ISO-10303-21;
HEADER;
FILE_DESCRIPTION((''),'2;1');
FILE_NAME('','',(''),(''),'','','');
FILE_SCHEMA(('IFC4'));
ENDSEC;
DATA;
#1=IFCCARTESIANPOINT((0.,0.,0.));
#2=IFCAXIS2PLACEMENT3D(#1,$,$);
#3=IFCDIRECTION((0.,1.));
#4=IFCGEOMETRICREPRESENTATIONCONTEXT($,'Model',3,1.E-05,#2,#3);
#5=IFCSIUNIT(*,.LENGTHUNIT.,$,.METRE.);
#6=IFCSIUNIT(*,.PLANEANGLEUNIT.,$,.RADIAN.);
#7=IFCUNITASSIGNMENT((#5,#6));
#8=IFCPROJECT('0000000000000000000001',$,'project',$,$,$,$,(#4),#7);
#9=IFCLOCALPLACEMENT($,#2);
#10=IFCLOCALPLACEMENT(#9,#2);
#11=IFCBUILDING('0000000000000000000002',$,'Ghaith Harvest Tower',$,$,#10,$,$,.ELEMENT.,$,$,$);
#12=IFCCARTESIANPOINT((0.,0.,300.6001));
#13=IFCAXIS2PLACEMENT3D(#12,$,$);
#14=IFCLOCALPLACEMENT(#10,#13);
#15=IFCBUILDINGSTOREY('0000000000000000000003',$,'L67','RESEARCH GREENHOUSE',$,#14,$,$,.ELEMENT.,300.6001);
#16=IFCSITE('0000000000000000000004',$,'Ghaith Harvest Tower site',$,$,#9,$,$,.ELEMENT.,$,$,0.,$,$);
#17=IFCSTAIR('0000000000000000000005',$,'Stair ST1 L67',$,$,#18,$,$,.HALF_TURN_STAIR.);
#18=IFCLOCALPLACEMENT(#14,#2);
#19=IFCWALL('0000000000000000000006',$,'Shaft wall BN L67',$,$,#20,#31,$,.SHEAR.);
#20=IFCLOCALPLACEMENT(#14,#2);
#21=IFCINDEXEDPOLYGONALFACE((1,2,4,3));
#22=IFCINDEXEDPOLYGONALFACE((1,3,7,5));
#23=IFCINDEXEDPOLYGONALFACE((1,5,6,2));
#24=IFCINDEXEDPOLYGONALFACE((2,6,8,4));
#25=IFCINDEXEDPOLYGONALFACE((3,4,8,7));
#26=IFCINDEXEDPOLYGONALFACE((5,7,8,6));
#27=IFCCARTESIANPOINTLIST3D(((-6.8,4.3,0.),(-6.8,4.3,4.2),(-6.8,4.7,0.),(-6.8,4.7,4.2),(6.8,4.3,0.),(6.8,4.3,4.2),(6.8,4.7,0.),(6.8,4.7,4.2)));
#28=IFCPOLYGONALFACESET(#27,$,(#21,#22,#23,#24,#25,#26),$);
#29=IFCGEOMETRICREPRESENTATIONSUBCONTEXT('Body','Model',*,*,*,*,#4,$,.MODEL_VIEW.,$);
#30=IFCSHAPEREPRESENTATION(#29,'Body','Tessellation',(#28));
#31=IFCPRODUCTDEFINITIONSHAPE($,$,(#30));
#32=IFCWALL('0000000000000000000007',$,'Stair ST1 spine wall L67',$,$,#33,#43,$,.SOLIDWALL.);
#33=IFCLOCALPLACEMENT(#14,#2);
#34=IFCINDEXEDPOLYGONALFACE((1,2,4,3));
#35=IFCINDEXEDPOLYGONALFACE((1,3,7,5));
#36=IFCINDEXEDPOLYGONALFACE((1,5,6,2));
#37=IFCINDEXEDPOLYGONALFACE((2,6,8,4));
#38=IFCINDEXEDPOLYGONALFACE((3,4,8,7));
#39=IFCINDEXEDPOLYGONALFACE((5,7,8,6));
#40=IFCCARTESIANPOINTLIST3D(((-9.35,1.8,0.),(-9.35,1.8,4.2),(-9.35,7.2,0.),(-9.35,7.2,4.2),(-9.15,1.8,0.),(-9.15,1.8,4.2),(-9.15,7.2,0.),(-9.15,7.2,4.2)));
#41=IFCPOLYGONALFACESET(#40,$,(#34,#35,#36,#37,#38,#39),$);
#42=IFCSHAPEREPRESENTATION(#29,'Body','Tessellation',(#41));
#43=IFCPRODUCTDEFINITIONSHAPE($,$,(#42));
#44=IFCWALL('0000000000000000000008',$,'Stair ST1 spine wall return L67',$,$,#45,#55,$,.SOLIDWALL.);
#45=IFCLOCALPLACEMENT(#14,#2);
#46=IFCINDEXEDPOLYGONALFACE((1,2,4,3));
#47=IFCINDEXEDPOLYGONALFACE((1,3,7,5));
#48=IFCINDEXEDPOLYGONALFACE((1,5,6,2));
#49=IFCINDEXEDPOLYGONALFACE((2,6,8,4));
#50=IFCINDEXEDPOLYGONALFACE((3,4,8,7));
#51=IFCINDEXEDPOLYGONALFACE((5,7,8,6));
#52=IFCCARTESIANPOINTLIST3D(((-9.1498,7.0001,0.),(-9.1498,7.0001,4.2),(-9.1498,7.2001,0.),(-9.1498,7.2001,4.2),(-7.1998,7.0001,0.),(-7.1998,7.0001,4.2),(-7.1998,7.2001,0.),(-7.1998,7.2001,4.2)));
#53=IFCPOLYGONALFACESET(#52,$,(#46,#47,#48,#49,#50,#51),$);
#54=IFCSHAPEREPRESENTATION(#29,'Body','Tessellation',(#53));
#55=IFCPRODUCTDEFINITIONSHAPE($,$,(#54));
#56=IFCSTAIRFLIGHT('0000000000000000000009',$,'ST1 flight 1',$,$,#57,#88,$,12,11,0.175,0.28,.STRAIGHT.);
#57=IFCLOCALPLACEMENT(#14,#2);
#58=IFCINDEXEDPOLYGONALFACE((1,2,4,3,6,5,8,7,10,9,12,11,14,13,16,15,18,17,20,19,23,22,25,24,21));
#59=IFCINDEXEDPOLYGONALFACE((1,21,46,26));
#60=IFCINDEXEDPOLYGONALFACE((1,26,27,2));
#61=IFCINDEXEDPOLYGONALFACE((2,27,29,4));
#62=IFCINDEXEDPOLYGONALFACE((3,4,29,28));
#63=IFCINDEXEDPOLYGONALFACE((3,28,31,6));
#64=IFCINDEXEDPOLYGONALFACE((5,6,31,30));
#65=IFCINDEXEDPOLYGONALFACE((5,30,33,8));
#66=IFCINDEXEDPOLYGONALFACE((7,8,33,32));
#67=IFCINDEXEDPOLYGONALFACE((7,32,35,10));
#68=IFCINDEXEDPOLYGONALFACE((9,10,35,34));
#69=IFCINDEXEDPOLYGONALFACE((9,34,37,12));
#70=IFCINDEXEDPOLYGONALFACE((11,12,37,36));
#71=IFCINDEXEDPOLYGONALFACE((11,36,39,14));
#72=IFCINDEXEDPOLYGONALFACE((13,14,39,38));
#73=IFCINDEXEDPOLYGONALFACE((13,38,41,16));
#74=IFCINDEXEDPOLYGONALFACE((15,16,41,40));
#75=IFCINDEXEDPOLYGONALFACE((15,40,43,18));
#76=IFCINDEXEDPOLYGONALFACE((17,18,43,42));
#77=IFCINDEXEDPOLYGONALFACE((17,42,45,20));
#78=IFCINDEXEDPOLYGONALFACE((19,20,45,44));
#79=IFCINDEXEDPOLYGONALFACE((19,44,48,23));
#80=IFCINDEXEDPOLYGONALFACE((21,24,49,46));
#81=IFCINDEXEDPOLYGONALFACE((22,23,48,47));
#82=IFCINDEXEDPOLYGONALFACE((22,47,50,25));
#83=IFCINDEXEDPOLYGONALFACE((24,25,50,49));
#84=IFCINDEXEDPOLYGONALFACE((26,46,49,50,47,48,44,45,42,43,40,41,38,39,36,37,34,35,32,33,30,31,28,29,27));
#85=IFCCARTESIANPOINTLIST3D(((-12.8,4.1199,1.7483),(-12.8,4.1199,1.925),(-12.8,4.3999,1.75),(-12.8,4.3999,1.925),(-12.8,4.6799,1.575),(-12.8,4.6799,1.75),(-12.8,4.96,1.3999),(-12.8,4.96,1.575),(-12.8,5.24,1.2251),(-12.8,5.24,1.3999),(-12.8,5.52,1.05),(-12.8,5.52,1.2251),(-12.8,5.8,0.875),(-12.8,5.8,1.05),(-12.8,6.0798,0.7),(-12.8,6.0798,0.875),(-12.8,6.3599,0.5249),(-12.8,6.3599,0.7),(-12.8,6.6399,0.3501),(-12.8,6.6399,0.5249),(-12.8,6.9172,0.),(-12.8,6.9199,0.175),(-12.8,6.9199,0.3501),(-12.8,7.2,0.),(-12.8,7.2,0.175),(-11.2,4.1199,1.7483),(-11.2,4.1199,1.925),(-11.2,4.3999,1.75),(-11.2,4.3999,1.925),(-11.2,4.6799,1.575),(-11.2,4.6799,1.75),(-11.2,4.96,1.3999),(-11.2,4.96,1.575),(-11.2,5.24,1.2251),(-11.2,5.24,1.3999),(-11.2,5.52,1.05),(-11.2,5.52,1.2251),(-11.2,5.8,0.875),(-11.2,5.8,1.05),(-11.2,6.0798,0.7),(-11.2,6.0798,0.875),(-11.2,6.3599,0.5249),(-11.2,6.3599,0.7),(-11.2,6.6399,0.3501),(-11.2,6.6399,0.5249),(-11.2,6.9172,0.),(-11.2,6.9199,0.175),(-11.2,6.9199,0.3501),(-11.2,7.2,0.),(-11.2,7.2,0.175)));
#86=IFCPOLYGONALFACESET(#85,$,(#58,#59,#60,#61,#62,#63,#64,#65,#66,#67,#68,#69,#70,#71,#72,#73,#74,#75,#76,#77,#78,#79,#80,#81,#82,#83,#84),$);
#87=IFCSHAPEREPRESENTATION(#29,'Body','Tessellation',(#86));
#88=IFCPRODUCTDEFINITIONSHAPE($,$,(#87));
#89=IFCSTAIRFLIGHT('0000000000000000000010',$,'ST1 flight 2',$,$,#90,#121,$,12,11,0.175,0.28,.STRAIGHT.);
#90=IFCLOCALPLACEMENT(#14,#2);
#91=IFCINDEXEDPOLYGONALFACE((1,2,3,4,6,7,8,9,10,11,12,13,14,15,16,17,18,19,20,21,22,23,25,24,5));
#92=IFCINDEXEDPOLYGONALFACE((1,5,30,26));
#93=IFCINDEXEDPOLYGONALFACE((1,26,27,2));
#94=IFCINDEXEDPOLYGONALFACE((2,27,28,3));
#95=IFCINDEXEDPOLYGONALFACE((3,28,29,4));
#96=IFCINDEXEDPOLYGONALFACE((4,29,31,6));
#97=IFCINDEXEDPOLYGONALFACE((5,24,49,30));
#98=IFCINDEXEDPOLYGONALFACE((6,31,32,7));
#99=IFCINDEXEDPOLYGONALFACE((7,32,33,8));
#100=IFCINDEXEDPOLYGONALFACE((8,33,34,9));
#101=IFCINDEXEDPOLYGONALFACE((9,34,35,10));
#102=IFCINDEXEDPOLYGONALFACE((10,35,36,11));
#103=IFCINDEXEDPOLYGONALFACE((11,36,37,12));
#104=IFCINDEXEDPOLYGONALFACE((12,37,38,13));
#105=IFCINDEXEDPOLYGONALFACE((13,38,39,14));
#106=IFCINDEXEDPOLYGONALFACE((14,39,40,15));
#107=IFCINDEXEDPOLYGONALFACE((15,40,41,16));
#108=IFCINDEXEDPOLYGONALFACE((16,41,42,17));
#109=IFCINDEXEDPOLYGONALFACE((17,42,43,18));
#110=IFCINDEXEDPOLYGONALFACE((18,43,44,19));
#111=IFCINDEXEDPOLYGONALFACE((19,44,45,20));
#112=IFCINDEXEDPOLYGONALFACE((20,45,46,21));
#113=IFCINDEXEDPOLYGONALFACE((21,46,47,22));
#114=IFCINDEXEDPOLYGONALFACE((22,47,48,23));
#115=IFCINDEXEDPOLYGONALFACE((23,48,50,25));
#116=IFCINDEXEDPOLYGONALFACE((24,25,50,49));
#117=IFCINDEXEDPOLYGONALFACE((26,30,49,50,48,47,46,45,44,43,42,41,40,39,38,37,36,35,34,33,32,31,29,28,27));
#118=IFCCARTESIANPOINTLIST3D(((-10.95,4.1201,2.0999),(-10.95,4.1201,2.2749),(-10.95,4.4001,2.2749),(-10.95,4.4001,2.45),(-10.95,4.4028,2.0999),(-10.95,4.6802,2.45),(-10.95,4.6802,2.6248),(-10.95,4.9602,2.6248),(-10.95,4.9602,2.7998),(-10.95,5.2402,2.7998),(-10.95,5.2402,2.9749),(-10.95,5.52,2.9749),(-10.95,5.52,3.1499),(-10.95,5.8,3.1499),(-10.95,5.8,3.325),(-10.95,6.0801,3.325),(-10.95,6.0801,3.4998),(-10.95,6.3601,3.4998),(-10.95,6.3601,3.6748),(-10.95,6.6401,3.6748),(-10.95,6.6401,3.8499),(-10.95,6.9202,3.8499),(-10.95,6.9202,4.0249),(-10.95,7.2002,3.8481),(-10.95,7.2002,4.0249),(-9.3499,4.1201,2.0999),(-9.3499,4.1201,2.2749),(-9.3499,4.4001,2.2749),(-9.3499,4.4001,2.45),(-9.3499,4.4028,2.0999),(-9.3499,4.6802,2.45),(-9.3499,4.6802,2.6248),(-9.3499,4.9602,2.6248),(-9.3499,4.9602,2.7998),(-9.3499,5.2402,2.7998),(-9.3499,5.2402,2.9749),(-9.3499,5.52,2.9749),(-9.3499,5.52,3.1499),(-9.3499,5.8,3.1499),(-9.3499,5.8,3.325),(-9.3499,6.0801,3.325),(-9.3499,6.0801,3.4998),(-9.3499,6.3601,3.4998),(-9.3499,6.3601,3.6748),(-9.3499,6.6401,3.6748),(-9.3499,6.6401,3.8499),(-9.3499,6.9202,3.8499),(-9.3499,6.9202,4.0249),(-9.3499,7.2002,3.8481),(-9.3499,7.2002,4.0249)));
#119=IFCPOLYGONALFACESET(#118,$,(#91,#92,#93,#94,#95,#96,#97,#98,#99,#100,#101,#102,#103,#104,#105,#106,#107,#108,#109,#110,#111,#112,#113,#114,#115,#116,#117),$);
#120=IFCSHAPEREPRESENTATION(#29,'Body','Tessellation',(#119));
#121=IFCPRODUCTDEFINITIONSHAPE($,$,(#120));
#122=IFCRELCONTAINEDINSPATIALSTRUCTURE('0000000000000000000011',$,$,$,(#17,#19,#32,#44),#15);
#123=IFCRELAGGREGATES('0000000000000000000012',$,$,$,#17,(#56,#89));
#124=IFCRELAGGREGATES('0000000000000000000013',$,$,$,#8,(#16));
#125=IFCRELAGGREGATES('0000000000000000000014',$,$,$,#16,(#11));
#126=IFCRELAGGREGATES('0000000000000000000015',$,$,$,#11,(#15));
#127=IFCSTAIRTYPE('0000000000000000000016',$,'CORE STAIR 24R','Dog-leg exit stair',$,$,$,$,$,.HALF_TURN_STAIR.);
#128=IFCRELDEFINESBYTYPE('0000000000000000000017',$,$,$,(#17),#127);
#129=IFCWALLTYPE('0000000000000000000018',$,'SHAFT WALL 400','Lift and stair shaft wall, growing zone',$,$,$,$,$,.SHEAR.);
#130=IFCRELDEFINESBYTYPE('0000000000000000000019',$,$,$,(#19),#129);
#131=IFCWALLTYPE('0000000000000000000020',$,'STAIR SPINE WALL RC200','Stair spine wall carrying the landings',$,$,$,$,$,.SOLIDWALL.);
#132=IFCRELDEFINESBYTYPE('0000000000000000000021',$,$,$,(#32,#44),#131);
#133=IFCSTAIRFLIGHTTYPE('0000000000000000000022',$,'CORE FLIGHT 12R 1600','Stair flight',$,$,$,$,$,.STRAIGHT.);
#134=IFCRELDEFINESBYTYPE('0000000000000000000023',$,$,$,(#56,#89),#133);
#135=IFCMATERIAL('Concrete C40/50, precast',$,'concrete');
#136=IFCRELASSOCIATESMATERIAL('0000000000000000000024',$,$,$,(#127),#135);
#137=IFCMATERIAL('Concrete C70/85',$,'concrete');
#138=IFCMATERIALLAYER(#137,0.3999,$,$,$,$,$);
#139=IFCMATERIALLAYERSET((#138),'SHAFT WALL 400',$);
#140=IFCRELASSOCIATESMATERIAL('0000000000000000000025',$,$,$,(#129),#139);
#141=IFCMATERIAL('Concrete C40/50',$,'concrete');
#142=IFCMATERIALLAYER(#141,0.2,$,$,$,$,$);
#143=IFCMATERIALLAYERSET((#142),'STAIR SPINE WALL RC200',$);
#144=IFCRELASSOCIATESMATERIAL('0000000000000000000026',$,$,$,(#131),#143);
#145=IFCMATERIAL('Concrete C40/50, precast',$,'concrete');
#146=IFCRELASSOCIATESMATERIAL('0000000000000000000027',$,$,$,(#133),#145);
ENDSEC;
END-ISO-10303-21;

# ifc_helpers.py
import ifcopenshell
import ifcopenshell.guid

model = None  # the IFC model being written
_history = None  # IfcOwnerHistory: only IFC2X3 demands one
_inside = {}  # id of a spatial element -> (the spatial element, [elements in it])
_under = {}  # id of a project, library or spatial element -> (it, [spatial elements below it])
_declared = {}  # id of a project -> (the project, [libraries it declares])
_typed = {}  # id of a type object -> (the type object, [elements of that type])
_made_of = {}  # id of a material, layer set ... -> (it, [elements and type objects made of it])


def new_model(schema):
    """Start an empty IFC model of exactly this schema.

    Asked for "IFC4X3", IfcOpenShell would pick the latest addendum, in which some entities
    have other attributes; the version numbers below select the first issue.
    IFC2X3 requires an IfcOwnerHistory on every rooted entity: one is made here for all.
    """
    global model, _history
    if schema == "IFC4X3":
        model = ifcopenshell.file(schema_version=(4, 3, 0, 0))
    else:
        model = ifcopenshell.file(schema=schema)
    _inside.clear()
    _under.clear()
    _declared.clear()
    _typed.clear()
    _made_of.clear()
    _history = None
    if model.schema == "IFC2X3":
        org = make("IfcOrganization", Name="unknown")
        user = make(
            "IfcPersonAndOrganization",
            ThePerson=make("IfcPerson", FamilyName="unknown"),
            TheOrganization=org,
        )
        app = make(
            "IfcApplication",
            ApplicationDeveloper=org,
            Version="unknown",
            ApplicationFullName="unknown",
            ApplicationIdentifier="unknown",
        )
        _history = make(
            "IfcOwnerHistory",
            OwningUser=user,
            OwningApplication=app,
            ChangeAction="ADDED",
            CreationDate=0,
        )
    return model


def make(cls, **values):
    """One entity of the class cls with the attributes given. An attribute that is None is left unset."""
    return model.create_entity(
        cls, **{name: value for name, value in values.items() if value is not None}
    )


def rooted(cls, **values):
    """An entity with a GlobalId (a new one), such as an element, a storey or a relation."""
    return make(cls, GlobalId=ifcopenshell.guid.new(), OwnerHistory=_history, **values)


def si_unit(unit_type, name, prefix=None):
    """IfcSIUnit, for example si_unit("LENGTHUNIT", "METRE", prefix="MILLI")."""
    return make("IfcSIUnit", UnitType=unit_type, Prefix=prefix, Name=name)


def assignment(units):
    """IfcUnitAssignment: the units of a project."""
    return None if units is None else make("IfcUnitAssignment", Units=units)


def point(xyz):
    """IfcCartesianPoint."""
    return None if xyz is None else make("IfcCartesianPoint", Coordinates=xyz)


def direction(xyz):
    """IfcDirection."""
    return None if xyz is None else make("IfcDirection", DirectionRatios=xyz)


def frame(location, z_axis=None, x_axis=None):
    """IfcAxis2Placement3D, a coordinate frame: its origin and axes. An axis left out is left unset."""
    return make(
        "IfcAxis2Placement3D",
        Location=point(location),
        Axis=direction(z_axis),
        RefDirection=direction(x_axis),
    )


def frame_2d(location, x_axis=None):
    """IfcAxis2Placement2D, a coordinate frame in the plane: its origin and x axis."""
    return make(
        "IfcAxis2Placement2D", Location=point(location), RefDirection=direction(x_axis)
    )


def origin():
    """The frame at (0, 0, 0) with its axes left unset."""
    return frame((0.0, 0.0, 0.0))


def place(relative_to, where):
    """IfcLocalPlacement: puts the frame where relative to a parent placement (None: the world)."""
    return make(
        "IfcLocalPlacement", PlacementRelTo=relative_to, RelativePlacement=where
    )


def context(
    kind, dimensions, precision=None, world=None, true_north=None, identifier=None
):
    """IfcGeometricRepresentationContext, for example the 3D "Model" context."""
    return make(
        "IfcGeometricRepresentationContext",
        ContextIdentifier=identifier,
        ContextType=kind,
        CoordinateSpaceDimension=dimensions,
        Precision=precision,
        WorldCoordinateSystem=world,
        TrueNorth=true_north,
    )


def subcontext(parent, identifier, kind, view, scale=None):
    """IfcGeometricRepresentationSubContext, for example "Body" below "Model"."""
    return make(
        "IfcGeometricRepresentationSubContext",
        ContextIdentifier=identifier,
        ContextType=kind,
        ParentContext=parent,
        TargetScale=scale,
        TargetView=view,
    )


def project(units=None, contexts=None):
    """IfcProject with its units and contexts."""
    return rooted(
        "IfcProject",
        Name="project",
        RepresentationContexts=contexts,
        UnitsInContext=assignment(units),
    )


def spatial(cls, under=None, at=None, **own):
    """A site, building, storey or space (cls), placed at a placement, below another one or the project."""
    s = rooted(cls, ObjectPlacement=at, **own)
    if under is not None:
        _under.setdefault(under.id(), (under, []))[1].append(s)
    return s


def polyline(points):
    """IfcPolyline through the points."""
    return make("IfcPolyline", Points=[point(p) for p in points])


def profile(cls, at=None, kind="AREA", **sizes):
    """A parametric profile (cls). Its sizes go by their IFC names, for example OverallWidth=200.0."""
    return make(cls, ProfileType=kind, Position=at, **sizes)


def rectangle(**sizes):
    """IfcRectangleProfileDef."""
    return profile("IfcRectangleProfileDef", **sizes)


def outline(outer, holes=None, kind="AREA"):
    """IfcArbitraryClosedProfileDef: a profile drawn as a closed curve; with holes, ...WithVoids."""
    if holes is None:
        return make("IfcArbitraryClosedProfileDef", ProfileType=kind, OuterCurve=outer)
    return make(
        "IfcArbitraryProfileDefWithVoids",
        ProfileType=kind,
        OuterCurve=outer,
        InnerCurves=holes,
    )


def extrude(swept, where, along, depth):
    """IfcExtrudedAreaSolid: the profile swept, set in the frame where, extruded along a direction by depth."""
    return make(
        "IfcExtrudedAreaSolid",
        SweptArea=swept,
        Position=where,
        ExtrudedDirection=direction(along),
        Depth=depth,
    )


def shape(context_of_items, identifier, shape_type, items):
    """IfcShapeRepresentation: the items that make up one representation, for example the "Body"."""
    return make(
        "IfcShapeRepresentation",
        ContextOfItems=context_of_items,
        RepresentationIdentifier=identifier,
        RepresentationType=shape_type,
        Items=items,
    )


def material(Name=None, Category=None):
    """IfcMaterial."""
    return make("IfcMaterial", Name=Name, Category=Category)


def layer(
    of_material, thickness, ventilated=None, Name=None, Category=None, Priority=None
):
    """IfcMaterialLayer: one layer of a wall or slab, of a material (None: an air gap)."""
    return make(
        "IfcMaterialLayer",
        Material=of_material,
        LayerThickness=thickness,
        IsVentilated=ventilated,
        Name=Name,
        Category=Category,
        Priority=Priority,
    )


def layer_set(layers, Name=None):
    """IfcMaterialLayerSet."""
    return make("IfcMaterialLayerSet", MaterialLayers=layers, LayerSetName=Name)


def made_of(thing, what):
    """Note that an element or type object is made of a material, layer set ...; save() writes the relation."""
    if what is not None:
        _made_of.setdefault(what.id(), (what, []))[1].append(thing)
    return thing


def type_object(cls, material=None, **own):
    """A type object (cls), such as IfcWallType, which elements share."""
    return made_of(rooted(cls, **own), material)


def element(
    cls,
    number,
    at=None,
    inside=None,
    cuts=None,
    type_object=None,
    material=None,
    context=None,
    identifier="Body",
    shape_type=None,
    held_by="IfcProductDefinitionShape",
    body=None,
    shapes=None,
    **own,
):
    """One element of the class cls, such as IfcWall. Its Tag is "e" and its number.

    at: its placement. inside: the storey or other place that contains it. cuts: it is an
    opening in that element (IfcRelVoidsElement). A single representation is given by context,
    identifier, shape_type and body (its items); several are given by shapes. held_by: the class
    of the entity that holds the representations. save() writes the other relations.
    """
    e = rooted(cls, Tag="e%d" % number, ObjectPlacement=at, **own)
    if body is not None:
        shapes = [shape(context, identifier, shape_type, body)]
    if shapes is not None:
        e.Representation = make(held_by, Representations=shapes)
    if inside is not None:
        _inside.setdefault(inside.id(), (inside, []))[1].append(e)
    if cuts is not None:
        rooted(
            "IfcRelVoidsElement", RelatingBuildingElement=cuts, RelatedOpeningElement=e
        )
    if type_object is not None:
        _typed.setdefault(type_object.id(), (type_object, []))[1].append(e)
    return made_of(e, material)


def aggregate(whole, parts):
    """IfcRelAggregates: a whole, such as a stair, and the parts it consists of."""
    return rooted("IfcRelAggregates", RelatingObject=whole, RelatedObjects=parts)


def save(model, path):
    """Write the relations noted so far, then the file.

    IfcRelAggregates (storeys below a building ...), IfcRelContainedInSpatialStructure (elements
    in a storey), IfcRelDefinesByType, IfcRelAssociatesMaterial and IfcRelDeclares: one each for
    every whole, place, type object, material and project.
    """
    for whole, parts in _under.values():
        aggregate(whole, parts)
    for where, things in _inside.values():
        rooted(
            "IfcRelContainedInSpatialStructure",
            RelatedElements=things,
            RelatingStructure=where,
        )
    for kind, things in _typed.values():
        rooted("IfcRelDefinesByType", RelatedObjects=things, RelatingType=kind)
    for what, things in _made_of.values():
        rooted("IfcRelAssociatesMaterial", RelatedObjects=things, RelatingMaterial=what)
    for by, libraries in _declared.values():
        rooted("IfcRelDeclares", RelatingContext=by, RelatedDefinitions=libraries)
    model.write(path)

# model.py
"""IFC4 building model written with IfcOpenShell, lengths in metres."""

from ifc_helpers import new_model, si_unit, direction, frame, frame_2d, origin, place, context, subcontext, project, spatial, polyline, rectangle, outline, extrude, material, layer, layer_set, type_object, element, aggregate, save


model = new_model("IFC4")

# Units and contexts
model_context = context("Model", 3, precision=1e-05, world=origin(), true_north=direction((0.0, 1.0)))
body_context = subcontext(model_context, "Body", "Model", "MODEL_VIEW")
ifc_project = project(units=[si_unit("LENGTHUNIT", "METRE"), si_unit("PLANEANGLEUNIT", "RADIAN")], contexts=[model_context])

# Site, building, storey
site_placement = place(None, origin())
site = spatial("IfcSite", under=ifc_project, at=site_placement, Name="Ghaith Harvest Tower site", CompositionType="ELEMENT", RefElevation=0.0)
building_placement = place(site_placement, origin())
building = spatial("IfcBuilding", under=site, at=building_placement, Name="Ghaith Harvest Tower", CompositionType="ELEMENT")
storey_placement = place(building_placement, frame((0.0, 0.0, 300.6001)))
storey = spatial("IfcBuildingStorey", under=building, at=storey_placement, Name="L67", Description="RESEARCH GREENHOUSE", CompositionType="ELEMENT", Elevation=300.6001)

# Stair
ifc_material_1 = material(Name="Concrete C40/50, precast", Category="concrete")
stair_type = type_object("IfcStairType", Name="CORE STAIR 24R", Description="Dog-leg exit stair", PredefinedType="HALF_TURN_STAIR", material=ifc_material_1)
stair_placement = place(storey_placement, origin())
stair = element("IfcStair", 1, at=stair_placement, inside=storey, type_object=stair_type, Name="Stair ST1 L67", PredefinedType="HALF_TURN_STAIR")

# Shared definitions
ifc_material_2 = material(Name="Concrete C70/85", Category="concrete")
ifc_layer_1 = layer(ifc_material_2, 0.3999)
ifc_layer_set_1 = layer_set([ifc_layer_1], Name="SHAFT WALL 400")
wall_type_1 = type_object("IfcWallType", Name="SHAFT WALL 400", Description="Lift and stair shaft wall, growing zone", PredefinedType="SHEAR", material=ifc_layer_set_1)

# Walls
wall_1_placement = place(storey_placement, frame((-6.8, 4.5, 0.0), z_axis=(0.0, 0.0, 1.0), x_axis=(1.0, 0.0, 0.0)))
element("IfcWall", 2, at=wall_1_placement, inside=storey, type_object=wall_type_1, Name="Shaft wall BN L67", PredefinedType="SHEAR", context=body_context, shape_type="SweptSolid", body=[
    extrude(rectangle(XDim=13.6001, YDim=0.3999, at=frame_2d((6.8, 0.0))), origin(), (0.0, 0.0, 1.0), 4.2),
])
ifc_material_3 = material(Name="Concrete C40/50", Category="concrete")
ifc_layer_2 = layer(ifc_material_3, 0.2)
ifc_layer_set_2 = layer_set([ifc_layer_2], Name="STAIR SPINE WALL RC200")
wall_type_2 = type_object("IfcWallType", Name="STAIR SPINE WALL RC200", Description="Stair spine wall carrying the landings", PredefinedType="SOLIDWALL", material=ifc_layer_set_2)
wall_2_placement = place(storey_placement, frame((-9.25, 7.2, 0.0), z_axis=(0.0, 0.0, 1.0), x_axis=(0.0, -1.0, 0.0)))
element("IfcWall", 3, at=wall_2_placement, inside=storey, type_object=wall_type_2, Name="Stair ST1 spine wall L67", PredefinedType="SOLIDWALL", context=body_context, shape_type="SweptSolid", body=[
    extrude(rectangle(XDim=5.3999, YDim=0.2, at=frame_2d((2.7, 0.0))), origin(), (0.0, 0.0, 1.0), 4.2),
])
wall_3_placement = place(storey_placement, frame((-9.1499, 7.1001, 0.0), z_axis=(0.0, 0.0, 1.0), x_axis=(1.0, 0.0, 0.0)))
element("IfcWall", 4, at=wall_3_placement, inside=storey, type_object=wall_type_2, Name="Stair ST1 spine wall return L67", PredefinedType="SOLIDWALL", context=body_context, shape_type="SweptSolid", body=[
    extrude(rectangle(XDim=1.95, YDim=0.2, at=frame_2d((0.9751, 0.0))), origin(), (0.0, 0.0, 1.0), 4.2),
])

# Stair flights
ifc_material_4 = material(Name="Concrete C40/50, precast", Category="concrete")
stair_flight_type = type_object("IfcStairFlightType", Name="CORE FLIGHT 12R 1600", Description="Stair flight", PredefinedType="STRAIGHT", material=ifc_material_4)
stair_flight_1_placement = place(storey_placement, frame((-12.0, 7.2, 0.0), z_axis=(0.0, 0.0, 1.0), x_axis=(0.0, -1.0, 0.0)))
stair_flight_1 = element("IfcStairFlight", 5, at=stair_flight_1_placement, type_object=stair_flight_type, Name="ST1 flight 1", NumberOfRisers=12, NumberOfTreads=11, PredefinedType="STRAIGHT", RiserHeight=0.175, TreadLength=0.28, context=body_context, shape_type="SweptSolid", body=[
    extrude(outline(polyline([(0.0, 0.0), (0.0, 0.175), (0.28, 0.175), (0.28, 0.3501), (0.5601, 0.3501), (0.5601, 0.5249), (0.8401, 0.5249), (0.8401, 0.7), (1.1201, 0.7), (1.1201, 0.875), (1.3999, 0.875), (1.3999, 1.05), (1.6799, 1.05), (1.6799, 1.2251), (1.96, 1.2251), (1.96, 1.3999), (2.24, 1.3999), (2.24, 1.575), (2.52, 1.575), (2.52, 1.75), (2.8, 1.75), (2.8, 1.925), (3.0801, 1.925), (3.0801, 2.1001), (3.0801, 1.7483), (0.2827, 0.0), (0.0, 0.0)])), frame((0.0, 0.8, 0.0), z_axis=(0.0, -1.0, 0.0), x_axis=(1.0, 0.0, 0.0)), (0.0, 0.0, 1.0), 1.6001),
])
stair_flight_2_placement = place(storey_placement, frame((-10.1499, 4.1201, 2.0999), z_axis=(0.0, 0.0, 1.0), x_axis=(0.0, 1.0, 0.0)))
stair_flight_2 = element("IfcStairFlight", 6, at=stair_flight_2_placement, type_object=stair_flight_type, Name="ST1 flight 2", NumberOfRisers=12, NumberOfTreads=11, PredefinedType="STRAIGHT", RiserHeight=0.175, TreadLength=0.28, context=body_context, shape_type="SweptSolid", body=[
    extrude(outline(polyline([(0.0, 0.0), (0.0, 0.175), (0.28, 0.175), (0.28, 0.3501), (0.5601, 0.3501), (0.5601, 0.5249), (0.8401, 0.5249), (0.8401, 0.7), (1.1201, 0.7), (1.1201, 0.875), (1.3999, 0.875), (1.3999, 1.05), (1.6799, 1.05), (1.6799, 1.2251), (1.96, 1.2251), (1.96, 1.3999), (2.24, 1.3999), (2.24, 1.575), (2.52, 1.575), (2.52, 1.75), (2.8, 1.75), (2.8, 1.925), (3.0801, 1.925), (3.0801, 2.1001), (3.0801, 1.7483), (0.2827, 0.0), (0.0, 0.0)])), frame((0.0, 0.8, 0.0), z_axis=(0.0, -1.0, 0.0), x_axis=(1.0, 0.0, 0.0)), (0.0, 0.0, 1.0), 1.6001),
])
aggregate(stair, [stair_flight_1, stair_flight_2])

save(model, "model.ifc")
